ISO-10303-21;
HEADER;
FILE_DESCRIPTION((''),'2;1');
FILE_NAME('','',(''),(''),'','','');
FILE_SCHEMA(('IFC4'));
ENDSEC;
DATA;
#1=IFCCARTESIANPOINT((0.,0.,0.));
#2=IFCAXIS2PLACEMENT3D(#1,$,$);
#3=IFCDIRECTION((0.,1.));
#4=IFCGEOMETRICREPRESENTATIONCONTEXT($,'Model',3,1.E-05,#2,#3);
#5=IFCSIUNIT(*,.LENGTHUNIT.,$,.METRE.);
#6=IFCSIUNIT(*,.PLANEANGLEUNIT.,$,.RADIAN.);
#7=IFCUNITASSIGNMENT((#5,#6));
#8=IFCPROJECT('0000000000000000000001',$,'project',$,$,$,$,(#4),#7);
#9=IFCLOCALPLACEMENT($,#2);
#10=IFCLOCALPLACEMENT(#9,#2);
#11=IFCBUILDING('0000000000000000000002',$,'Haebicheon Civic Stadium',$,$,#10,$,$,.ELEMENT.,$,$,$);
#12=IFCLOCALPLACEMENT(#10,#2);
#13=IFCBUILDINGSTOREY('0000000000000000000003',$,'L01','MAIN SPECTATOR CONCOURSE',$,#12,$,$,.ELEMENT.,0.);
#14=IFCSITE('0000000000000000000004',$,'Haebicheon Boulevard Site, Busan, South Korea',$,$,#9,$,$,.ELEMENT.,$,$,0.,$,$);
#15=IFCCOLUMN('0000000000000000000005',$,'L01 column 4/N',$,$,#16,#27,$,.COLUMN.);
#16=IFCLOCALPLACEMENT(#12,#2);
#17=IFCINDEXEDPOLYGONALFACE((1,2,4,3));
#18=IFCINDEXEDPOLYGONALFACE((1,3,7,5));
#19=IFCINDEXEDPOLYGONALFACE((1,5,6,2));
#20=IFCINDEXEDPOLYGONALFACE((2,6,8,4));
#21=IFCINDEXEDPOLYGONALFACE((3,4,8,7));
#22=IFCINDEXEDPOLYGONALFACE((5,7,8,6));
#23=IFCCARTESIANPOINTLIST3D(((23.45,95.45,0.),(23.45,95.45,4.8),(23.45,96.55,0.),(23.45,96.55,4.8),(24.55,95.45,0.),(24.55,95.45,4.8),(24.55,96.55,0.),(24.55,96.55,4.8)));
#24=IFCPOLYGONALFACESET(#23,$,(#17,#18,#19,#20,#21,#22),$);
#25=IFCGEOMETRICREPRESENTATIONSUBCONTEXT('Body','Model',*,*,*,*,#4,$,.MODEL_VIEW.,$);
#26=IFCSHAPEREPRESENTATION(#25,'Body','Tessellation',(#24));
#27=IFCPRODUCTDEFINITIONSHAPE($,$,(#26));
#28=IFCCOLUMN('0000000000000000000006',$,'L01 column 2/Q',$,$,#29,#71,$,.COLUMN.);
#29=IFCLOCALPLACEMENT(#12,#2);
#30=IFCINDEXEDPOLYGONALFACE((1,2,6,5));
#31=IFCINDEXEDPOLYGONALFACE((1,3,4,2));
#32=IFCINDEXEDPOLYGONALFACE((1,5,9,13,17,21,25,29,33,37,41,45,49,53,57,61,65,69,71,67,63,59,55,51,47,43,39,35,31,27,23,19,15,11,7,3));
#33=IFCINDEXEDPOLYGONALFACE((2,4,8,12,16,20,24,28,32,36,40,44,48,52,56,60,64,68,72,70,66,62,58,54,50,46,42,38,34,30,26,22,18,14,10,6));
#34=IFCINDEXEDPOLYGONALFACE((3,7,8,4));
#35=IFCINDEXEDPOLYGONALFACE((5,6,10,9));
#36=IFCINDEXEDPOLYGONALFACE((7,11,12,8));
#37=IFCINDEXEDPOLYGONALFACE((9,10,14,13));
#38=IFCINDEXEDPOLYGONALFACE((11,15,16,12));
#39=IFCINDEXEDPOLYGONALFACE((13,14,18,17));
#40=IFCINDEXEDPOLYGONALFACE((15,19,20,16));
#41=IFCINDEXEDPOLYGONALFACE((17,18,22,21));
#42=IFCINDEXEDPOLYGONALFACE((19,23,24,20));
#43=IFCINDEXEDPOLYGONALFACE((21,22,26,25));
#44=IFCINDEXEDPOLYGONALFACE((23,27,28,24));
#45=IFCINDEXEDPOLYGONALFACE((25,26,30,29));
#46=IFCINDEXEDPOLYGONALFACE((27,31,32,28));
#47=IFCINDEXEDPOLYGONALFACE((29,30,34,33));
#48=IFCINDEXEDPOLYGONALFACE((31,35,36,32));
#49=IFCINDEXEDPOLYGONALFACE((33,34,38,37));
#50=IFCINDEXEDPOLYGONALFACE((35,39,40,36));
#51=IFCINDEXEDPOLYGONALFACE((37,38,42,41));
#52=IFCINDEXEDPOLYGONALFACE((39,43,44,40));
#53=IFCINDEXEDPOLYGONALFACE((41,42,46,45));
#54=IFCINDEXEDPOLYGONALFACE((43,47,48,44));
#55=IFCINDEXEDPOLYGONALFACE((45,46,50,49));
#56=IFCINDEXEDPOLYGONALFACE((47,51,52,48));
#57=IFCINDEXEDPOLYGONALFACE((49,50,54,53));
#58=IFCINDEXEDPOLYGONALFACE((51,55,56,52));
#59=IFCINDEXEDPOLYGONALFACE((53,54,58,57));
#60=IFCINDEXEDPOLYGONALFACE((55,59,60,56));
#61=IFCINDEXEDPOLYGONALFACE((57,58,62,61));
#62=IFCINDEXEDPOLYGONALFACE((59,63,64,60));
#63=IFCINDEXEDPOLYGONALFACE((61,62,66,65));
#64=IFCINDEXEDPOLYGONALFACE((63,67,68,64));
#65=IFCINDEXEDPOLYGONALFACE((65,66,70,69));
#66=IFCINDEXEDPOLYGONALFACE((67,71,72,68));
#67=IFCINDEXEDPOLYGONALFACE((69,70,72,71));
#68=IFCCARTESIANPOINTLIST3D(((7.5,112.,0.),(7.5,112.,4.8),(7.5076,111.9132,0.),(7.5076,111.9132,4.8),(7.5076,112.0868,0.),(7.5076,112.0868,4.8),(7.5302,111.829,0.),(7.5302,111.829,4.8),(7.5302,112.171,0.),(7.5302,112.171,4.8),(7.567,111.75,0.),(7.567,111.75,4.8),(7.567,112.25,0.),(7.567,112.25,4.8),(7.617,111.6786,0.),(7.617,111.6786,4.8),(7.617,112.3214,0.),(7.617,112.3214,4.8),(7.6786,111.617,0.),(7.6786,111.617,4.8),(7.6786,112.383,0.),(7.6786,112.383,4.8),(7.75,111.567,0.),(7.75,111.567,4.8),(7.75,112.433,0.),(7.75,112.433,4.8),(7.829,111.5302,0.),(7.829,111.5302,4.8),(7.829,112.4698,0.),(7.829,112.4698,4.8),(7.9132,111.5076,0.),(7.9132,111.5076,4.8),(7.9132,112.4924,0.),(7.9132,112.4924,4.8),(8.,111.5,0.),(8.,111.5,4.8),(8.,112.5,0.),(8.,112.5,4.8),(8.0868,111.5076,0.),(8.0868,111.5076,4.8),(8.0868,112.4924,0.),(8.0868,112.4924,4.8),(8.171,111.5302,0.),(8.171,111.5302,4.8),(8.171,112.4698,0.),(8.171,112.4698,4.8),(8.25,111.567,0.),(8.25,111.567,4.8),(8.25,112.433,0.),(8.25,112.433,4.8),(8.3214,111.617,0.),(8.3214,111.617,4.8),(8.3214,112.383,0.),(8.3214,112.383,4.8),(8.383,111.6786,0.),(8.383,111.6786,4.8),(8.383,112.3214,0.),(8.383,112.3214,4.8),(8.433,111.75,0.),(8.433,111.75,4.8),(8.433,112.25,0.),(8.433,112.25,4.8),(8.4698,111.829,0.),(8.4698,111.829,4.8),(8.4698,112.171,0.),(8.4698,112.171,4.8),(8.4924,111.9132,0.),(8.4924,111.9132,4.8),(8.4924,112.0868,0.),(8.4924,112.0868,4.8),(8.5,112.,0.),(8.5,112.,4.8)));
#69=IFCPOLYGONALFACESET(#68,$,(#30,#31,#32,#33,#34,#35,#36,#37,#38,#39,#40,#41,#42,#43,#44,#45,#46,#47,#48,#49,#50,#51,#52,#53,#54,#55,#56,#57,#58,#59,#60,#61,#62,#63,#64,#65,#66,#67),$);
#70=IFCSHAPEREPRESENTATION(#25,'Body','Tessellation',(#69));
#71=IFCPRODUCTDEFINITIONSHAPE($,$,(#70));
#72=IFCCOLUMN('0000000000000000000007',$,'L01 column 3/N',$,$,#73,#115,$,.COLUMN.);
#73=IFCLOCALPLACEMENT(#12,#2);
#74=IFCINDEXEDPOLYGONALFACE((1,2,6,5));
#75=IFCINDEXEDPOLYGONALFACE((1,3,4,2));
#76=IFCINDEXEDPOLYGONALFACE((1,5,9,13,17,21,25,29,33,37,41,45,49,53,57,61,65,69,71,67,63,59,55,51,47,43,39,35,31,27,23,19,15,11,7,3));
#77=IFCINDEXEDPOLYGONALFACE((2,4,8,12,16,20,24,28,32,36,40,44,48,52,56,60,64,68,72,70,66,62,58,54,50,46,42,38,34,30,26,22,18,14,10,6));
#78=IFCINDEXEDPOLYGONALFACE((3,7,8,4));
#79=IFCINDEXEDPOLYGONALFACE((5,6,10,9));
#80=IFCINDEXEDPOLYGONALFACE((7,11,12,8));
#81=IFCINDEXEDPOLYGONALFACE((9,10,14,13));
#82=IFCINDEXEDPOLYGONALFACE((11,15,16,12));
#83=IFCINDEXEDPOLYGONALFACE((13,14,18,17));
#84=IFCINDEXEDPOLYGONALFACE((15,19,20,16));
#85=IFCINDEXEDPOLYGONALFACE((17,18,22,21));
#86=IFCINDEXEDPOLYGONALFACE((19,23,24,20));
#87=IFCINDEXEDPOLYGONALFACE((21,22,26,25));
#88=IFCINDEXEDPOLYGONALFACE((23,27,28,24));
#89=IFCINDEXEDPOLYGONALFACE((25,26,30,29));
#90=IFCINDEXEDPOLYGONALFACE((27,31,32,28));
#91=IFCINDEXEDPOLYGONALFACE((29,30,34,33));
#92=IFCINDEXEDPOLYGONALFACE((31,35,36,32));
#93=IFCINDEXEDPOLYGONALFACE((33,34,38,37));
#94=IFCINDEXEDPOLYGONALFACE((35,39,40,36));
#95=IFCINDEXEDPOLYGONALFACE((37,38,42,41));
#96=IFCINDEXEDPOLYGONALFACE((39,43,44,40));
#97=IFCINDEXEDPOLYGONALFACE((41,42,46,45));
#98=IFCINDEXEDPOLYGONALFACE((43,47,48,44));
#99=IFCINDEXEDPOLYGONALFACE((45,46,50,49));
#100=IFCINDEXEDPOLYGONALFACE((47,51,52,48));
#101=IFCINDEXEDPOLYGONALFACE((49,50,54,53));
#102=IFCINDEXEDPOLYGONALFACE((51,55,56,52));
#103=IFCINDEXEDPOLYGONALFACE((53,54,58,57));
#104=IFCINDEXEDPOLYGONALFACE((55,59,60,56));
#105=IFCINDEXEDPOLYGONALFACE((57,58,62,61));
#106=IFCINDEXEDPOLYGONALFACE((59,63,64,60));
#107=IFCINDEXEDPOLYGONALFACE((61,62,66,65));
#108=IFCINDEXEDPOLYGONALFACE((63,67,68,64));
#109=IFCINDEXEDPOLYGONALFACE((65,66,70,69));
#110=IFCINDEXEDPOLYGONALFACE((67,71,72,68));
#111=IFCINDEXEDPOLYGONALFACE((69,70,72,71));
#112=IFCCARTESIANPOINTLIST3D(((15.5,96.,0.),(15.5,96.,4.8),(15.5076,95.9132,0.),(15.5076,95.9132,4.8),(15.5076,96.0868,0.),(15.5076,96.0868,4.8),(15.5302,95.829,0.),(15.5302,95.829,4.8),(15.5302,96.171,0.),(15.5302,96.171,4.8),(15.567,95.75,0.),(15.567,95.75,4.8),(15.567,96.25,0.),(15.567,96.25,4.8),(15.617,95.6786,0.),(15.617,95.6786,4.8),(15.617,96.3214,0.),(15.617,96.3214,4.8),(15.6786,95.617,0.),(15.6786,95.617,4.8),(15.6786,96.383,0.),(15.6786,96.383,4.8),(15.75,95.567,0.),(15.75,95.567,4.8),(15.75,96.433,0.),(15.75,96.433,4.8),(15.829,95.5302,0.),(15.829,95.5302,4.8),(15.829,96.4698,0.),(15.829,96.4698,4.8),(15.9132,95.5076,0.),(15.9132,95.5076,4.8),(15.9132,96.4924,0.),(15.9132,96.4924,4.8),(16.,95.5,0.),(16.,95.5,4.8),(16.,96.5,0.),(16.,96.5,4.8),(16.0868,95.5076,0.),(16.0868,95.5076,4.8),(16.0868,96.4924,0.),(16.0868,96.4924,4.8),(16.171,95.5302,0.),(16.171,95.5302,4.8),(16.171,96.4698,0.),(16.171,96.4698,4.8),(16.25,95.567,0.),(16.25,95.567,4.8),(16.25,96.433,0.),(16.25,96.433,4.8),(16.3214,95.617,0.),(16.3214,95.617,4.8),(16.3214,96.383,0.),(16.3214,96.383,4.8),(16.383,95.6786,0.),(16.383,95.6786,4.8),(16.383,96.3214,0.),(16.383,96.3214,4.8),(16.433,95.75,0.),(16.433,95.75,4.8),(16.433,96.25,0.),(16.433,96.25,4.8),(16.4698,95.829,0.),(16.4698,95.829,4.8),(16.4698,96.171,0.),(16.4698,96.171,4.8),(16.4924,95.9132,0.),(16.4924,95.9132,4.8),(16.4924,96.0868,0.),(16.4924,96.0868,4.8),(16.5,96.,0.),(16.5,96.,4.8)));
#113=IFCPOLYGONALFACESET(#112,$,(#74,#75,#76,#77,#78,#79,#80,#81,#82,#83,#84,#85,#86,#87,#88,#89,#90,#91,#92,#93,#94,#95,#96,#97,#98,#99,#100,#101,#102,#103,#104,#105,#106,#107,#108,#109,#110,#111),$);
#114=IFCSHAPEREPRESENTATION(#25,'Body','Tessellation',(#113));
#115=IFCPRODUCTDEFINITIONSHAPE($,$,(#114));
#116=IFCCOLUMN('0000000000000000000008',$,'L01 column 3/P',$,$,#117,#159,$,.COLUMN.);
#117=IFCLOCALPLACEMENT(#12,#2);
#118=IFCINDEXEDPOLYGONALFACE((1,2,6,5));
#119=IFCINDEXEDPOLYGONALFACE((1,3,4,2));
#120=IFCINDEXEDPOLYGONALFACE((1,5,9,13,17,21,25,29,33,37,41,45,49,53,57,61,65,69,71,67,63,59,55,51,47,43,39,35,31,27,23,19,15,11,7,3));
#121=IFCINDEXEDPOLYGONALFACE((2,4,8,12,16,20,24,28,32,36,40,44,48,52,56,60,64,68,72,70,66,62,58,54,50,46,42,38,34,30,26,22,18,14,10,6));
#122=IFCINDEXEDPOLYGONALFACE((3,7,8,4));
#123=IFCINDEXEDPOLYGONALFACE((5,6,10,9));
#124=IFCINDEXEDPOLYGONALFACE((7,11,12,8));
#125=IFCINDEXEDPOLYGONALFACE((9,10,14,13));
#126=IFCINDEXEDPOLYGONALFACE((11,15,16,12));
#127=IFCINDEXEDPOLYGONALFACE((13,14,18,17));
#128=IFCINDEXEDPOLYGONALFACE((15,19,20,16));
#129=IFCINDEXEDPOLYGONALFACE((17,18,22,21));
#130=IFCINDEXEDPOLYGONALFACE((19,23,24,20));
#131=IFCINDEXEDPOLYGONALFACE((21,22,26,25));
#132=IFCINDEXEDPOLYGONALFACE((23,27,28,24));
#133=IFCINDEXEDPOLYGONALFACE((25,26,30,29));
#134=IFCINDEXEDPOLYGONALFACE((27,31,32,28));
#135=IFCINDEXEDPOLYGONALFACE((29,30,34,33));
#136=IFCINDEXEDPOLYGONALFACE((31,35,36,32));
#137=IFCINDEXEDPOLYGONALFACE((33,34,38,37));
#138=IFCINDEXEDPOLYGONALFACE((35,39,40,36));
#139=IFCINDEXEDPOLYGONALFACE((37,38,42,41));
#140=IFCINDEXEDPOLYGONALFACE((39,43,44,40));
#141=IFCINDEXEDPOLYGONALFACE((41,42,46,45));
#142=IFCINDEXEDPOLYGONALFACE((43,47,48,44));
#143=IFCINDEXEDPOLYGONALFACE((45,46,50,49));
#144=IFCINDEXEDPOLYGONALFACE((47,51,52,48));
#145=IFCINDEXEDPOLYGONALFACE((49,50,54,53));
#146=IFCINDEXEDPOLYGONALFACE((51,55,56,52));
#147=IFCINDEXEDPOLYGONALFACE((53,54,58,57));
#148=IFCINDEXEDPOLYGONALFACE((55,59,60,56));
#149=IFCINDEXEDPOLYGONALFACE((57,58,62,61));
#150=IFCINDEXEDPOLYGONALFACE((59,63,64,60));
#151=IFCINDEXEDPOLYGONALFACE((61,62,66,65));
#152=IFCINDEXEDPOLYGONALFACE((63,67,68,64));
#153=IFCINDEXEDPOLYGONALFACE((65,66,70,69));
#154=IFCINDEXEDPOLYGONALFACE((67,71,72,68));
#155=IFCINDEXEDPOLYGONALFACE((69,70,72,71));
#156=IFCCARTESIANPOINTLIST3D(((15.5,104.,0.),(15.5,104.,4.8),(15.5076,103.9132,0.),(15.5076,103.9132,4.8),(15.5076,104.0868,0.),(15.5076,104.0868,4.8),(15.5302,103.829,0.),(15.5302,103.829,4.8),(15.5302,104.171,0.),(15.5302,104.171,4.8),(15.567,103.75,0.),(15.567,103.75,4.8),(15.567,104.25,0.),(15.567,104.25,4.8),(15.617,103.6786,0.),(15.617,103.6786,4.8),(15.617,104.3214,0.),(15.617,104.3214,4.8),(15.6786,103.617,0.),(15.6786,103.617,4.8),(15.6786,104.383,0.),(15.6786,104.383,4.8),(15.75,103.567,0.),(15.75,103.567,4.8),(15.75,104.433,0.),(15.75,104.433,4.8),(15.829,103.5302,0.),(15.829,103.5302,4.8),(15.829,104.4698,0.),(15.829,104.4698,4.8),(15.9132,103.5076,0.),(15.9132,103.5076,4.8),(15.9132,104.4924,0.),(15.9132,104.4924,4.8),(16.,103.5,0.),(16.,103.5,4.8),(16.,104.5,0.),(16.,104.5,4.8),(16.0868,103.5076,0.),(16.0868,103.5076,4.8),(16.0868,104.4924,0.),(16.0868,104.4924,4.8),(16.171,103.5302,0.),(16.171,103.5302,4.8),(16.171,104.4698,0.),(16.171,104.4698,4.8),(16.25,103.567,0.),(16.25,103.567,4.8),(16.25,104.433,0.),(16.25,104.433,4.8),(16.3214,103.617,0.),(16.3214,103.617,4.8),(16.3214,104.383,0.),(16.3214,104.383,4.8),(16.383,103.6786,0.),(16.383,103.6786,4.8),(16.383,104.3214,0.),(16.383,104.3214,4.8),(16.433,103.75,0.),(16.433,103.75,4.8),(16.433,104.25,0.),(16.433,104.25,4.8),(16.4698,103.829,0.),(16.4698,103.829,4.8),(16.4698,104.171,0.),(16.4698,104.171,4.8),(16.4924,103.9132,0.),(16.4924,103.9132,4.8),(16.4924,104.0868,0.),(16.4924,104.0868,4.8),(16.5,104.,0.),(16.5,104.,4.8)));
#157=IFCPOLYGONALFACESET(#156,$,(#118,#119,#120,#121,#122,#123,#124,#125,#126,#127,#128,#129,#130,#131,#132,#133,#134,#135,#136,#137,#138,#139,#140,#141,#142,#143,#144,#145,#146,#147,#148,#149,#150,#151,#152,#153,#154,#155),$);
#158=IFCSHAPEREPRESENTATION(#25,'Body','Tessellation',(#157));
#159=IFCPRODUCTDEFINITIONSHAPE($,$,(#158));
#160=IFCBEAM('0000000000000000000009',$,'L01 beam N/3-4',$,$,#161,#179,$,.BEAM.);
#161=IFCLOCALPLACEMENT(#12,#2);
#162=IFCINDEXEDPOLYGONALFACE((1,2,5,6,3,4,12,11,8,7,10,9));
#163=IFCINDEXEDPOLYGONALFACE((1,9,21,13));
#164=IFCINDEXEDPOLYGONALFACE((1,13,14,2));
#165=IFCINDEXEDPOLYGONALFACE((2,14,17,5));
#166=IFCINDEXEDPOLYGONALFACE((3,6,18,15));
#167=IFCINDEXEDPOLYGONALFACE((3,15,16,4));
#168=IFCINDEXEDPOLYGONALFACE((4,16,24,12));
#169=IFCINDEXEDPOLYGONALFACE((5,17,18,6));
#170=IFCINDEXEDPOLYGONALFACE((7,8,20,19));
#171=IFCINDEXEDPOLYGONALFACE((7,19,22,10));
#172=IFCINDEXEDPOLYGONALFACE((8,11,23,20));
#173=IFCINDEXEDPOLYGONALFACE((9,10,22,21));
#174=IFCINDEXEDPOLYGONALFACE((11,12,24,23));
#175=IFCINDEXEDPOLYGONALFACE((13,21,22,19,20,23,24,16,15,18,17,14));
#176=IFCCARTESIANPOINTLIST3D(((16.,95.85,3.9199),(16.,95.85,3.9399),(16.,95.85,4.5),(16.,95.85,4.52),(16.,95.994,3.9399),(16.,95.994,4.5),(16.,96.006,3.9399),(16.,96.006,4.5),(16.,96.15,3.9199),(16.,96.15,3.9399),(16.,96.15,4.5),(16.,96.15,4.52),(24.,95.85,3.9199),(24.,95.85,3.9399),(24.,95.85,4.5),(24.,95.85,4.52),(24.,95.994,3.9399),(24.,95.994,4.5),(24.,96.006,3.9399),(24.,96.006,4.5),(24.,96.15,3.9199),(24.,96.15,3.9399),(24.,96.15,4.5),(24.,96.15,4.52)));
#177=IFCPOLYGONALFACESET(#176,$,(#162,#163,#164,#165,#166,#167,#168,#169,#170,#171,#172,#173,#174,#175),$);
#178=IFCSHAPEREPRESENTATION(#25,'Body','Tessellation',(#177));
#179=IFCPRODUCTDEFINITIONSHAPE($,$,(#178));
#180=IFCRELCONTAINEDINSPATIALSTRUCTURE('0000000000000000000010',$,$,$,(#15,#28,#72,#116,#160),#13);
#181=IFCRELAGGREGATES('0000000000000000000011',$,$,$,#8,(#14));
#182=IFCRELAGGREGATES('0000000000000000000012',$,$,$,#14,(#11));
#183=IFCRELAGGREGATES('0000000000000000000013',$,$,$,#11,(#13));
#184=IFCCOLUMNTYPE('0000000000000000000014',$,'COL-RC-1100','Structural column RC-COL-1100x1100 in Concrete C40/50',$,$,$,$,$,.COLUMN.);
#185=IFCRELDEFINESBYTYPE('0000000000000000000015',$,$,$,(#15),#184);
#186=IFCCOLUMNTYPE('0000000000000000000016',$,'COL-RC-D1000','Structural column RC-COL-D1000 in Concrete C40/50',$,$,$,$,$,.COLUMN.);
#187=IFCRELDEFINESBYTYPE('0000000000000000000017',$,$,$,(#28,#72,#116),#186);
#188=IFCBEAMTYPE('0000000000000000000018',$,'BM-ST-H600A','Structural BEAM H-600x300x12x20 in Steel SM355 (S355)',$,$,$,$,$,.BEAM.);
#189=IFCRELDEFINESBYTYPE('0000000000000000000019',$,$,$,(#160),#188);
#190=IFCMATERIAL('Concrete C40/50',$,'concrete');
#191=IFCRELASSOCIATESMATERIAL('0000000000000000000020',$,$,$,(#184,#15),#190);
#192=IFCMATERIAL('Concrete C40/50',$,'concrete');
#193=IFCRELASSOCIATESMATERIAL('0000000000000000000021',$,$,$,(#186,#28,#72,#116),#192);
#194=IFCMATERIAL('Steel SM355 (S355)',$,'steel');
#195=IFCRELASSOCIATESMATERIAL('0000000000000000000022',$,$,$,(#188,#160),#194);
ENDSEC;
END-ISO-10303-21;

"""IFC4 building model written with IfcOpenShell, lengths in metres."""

from ifc_helpers import new_model, si_unit, direction, frame, origin, origin_2d, place, context, subcontext, project, spatial, rectangle, circle, i_section, extrude, material, material_profile, profile_set, type_object, element, save


model = new_model("IFC4")

# Units and contexts
model_context = context("Model", 3, precision=1e-05, world=origin(), true_north=direction((0.0, 1.0)))
body_context = subcontext(model_context, "Body", "Model", "MODEL_VIEW")
ifc_project = project(units=[si_unit("LENGTHUNIT", "METRE"), si_unit("PLANEANGLEUNIT", "RADIAN")], contexts=[model_context])

# Site, building, storey
site_placement = place(None, origin())
site = spatial("IfcSite", under=ifc_project, at=site_placement, Name="Haebicheon Boulevard Site, Busan, South Korea", CompositionType="ELEMENT", RefElevation=0.0)
building_placement = place(site_placement, origin())
building = spatial("IfcBuilding", under=site, at=building_placement, Name="Haebicheon Civic Stadium", CompositionType="ELEMENT")
storey_placement = place(building_placement, origin())
storey = spatial("IfcBuildingStorey", under=building, at=storey_placement, Name="L01", Description="MAIN SPECTATOR CONCOURSE", CompositionType="ELEMENT", Elevation=0.0)

# Columns
ifc_material_1 = material(Name="Concrete C40/50", Category="concrete")
ifc_material_profile_1 = material_profile(ifc_material_1, rectangle(XDim=1.1001, YDim=1.1001, at=origin_2d()), Name="RC-COL-1100x1100")
ifc_profile_set_1 = profile_set([ifc_material_profile_1], Name="Concrete C40/50")
column_type_1 = type_object("IfcColumnType", Name="COL-RC-1100", Description="Structural column RC-COL-1100x1100 in Concrete C40/50", PredefinedType="COLUMN", material=ifc_profile_set_1)
column_placement = place(storey_placement, frame((24.0, 96.0, 0.0), z_axis=(0.0, 0.0, 1.0), x_axis=(1.0, 0.0, 0.0)))
element("IfcColumn", 1, at=column_placement, inside=storey, type_object=column_type_1, material=ifc_profile_set_1, Name="L01 column 4/N", PredefinedType="COLUMN", context=body_context, shape_type="SweptSolid", body=[
    extrude(rectangle(XDim=1.1001, YDim=1.1001, at=origin_2d()), origin(), (0.0, 0.0, 1.0), 4.8),
])
ifc_material_2 = material(Name="Concrete C40/50", Category="concrete")
ifc_material_profile_2 = material_profile(ifc_material_2, circle(Radius=0.5, at=origin_2d()), Name="RC-COL-D1000")
ifc_profile_set_2 = profile_set([ifc_material_profile_2], Name="Concrete C40/50")
column_type_2 = type_object("IfcColumnType", Name="COL-RC-D1000", Description="Structural column RC-COL-D1000 in Concrete C40/50", PredefinedType="COLUMN", material=ifc_profile_set_2)
for number, where, z_axis, x_axis, name in (
    (2, (8.0, 112.0, 0.0), (0.0, 0.0, 1.0), (1.0, 0.0, 0.0), "L01 column 2/Q"),
    (3, (16.0, 96.0, 0.0), (0.0, 0.0, 1.0), (1.0, 0.0, 0.0), "L01 column 3/N"),
    (4, (16.0, 104.0, 0.0), (0.0, 0.0, 1.0), (1.0, 0.0, 0.0), "L01 column 3/P"),
):
    element("IfcColumn", number, at=place(storey_placement, frame(where, z_axis=z_axis, x_axis=x_axis)), inside=storey, type_object=column_type_2, material=ifc_profile_set_2, Name=name, PredefinedType="COLUMN", context=body_context, shape_type="SweptSolid", body=[
        extrude(circle(Radius=0.5, at=origin_2d()), origin(), (0.0, 0.0, 1.0), 4.8),
    ])

# Beam
ifc_material_3 = material(Name="Steel SM355 (S355)", Category="steel")
ifc_material_profile_3 = material_profile(ifc_material_3, i_section(OverallWidth=0.3, OverallDepth=0.6001, WebThickness=0.012, FlangeThickness=0.02, at=origin_2d()), Name="H-600x300x12x20")
ifc_profile_set_3 = profile_set([ifc_material_profile_3], Name="Steel SM355 (S355)")
beam_type_1 = type_object("IfcBeamType", Name="BM-ST-H600A", Description="Structural BEAM H-600x300x12x20 in Steel SM355 (S355)", PredefinedType="BEAM", material=ifc_profile_set_3)
beam_1_placement = place(storey_placement, frame((16.0, 96.0, 4.22), z_axis=(1.0, 0.0, 0.0), x_axis=(0.0, 1.0, 0.0)))
element("IfcBeam", 5, at=beam_1_placement, inside=storey, type_object=beam_type_1, material=ifc_profile_set_3, Name="L01 beam N/3-4", PredefinedType="BEAM", context=body_context, shape_type="SweptSolid", body=[
    extrude(i_section(OverallWidth=0.3, OverallDepth=0.6001, WebThickness=0.012, FlangeThickness=0.02, at=origin_2d()), origin(), (0.0, 0.0, 1.0), 8.0),
])

save(model, "model.ifc")
